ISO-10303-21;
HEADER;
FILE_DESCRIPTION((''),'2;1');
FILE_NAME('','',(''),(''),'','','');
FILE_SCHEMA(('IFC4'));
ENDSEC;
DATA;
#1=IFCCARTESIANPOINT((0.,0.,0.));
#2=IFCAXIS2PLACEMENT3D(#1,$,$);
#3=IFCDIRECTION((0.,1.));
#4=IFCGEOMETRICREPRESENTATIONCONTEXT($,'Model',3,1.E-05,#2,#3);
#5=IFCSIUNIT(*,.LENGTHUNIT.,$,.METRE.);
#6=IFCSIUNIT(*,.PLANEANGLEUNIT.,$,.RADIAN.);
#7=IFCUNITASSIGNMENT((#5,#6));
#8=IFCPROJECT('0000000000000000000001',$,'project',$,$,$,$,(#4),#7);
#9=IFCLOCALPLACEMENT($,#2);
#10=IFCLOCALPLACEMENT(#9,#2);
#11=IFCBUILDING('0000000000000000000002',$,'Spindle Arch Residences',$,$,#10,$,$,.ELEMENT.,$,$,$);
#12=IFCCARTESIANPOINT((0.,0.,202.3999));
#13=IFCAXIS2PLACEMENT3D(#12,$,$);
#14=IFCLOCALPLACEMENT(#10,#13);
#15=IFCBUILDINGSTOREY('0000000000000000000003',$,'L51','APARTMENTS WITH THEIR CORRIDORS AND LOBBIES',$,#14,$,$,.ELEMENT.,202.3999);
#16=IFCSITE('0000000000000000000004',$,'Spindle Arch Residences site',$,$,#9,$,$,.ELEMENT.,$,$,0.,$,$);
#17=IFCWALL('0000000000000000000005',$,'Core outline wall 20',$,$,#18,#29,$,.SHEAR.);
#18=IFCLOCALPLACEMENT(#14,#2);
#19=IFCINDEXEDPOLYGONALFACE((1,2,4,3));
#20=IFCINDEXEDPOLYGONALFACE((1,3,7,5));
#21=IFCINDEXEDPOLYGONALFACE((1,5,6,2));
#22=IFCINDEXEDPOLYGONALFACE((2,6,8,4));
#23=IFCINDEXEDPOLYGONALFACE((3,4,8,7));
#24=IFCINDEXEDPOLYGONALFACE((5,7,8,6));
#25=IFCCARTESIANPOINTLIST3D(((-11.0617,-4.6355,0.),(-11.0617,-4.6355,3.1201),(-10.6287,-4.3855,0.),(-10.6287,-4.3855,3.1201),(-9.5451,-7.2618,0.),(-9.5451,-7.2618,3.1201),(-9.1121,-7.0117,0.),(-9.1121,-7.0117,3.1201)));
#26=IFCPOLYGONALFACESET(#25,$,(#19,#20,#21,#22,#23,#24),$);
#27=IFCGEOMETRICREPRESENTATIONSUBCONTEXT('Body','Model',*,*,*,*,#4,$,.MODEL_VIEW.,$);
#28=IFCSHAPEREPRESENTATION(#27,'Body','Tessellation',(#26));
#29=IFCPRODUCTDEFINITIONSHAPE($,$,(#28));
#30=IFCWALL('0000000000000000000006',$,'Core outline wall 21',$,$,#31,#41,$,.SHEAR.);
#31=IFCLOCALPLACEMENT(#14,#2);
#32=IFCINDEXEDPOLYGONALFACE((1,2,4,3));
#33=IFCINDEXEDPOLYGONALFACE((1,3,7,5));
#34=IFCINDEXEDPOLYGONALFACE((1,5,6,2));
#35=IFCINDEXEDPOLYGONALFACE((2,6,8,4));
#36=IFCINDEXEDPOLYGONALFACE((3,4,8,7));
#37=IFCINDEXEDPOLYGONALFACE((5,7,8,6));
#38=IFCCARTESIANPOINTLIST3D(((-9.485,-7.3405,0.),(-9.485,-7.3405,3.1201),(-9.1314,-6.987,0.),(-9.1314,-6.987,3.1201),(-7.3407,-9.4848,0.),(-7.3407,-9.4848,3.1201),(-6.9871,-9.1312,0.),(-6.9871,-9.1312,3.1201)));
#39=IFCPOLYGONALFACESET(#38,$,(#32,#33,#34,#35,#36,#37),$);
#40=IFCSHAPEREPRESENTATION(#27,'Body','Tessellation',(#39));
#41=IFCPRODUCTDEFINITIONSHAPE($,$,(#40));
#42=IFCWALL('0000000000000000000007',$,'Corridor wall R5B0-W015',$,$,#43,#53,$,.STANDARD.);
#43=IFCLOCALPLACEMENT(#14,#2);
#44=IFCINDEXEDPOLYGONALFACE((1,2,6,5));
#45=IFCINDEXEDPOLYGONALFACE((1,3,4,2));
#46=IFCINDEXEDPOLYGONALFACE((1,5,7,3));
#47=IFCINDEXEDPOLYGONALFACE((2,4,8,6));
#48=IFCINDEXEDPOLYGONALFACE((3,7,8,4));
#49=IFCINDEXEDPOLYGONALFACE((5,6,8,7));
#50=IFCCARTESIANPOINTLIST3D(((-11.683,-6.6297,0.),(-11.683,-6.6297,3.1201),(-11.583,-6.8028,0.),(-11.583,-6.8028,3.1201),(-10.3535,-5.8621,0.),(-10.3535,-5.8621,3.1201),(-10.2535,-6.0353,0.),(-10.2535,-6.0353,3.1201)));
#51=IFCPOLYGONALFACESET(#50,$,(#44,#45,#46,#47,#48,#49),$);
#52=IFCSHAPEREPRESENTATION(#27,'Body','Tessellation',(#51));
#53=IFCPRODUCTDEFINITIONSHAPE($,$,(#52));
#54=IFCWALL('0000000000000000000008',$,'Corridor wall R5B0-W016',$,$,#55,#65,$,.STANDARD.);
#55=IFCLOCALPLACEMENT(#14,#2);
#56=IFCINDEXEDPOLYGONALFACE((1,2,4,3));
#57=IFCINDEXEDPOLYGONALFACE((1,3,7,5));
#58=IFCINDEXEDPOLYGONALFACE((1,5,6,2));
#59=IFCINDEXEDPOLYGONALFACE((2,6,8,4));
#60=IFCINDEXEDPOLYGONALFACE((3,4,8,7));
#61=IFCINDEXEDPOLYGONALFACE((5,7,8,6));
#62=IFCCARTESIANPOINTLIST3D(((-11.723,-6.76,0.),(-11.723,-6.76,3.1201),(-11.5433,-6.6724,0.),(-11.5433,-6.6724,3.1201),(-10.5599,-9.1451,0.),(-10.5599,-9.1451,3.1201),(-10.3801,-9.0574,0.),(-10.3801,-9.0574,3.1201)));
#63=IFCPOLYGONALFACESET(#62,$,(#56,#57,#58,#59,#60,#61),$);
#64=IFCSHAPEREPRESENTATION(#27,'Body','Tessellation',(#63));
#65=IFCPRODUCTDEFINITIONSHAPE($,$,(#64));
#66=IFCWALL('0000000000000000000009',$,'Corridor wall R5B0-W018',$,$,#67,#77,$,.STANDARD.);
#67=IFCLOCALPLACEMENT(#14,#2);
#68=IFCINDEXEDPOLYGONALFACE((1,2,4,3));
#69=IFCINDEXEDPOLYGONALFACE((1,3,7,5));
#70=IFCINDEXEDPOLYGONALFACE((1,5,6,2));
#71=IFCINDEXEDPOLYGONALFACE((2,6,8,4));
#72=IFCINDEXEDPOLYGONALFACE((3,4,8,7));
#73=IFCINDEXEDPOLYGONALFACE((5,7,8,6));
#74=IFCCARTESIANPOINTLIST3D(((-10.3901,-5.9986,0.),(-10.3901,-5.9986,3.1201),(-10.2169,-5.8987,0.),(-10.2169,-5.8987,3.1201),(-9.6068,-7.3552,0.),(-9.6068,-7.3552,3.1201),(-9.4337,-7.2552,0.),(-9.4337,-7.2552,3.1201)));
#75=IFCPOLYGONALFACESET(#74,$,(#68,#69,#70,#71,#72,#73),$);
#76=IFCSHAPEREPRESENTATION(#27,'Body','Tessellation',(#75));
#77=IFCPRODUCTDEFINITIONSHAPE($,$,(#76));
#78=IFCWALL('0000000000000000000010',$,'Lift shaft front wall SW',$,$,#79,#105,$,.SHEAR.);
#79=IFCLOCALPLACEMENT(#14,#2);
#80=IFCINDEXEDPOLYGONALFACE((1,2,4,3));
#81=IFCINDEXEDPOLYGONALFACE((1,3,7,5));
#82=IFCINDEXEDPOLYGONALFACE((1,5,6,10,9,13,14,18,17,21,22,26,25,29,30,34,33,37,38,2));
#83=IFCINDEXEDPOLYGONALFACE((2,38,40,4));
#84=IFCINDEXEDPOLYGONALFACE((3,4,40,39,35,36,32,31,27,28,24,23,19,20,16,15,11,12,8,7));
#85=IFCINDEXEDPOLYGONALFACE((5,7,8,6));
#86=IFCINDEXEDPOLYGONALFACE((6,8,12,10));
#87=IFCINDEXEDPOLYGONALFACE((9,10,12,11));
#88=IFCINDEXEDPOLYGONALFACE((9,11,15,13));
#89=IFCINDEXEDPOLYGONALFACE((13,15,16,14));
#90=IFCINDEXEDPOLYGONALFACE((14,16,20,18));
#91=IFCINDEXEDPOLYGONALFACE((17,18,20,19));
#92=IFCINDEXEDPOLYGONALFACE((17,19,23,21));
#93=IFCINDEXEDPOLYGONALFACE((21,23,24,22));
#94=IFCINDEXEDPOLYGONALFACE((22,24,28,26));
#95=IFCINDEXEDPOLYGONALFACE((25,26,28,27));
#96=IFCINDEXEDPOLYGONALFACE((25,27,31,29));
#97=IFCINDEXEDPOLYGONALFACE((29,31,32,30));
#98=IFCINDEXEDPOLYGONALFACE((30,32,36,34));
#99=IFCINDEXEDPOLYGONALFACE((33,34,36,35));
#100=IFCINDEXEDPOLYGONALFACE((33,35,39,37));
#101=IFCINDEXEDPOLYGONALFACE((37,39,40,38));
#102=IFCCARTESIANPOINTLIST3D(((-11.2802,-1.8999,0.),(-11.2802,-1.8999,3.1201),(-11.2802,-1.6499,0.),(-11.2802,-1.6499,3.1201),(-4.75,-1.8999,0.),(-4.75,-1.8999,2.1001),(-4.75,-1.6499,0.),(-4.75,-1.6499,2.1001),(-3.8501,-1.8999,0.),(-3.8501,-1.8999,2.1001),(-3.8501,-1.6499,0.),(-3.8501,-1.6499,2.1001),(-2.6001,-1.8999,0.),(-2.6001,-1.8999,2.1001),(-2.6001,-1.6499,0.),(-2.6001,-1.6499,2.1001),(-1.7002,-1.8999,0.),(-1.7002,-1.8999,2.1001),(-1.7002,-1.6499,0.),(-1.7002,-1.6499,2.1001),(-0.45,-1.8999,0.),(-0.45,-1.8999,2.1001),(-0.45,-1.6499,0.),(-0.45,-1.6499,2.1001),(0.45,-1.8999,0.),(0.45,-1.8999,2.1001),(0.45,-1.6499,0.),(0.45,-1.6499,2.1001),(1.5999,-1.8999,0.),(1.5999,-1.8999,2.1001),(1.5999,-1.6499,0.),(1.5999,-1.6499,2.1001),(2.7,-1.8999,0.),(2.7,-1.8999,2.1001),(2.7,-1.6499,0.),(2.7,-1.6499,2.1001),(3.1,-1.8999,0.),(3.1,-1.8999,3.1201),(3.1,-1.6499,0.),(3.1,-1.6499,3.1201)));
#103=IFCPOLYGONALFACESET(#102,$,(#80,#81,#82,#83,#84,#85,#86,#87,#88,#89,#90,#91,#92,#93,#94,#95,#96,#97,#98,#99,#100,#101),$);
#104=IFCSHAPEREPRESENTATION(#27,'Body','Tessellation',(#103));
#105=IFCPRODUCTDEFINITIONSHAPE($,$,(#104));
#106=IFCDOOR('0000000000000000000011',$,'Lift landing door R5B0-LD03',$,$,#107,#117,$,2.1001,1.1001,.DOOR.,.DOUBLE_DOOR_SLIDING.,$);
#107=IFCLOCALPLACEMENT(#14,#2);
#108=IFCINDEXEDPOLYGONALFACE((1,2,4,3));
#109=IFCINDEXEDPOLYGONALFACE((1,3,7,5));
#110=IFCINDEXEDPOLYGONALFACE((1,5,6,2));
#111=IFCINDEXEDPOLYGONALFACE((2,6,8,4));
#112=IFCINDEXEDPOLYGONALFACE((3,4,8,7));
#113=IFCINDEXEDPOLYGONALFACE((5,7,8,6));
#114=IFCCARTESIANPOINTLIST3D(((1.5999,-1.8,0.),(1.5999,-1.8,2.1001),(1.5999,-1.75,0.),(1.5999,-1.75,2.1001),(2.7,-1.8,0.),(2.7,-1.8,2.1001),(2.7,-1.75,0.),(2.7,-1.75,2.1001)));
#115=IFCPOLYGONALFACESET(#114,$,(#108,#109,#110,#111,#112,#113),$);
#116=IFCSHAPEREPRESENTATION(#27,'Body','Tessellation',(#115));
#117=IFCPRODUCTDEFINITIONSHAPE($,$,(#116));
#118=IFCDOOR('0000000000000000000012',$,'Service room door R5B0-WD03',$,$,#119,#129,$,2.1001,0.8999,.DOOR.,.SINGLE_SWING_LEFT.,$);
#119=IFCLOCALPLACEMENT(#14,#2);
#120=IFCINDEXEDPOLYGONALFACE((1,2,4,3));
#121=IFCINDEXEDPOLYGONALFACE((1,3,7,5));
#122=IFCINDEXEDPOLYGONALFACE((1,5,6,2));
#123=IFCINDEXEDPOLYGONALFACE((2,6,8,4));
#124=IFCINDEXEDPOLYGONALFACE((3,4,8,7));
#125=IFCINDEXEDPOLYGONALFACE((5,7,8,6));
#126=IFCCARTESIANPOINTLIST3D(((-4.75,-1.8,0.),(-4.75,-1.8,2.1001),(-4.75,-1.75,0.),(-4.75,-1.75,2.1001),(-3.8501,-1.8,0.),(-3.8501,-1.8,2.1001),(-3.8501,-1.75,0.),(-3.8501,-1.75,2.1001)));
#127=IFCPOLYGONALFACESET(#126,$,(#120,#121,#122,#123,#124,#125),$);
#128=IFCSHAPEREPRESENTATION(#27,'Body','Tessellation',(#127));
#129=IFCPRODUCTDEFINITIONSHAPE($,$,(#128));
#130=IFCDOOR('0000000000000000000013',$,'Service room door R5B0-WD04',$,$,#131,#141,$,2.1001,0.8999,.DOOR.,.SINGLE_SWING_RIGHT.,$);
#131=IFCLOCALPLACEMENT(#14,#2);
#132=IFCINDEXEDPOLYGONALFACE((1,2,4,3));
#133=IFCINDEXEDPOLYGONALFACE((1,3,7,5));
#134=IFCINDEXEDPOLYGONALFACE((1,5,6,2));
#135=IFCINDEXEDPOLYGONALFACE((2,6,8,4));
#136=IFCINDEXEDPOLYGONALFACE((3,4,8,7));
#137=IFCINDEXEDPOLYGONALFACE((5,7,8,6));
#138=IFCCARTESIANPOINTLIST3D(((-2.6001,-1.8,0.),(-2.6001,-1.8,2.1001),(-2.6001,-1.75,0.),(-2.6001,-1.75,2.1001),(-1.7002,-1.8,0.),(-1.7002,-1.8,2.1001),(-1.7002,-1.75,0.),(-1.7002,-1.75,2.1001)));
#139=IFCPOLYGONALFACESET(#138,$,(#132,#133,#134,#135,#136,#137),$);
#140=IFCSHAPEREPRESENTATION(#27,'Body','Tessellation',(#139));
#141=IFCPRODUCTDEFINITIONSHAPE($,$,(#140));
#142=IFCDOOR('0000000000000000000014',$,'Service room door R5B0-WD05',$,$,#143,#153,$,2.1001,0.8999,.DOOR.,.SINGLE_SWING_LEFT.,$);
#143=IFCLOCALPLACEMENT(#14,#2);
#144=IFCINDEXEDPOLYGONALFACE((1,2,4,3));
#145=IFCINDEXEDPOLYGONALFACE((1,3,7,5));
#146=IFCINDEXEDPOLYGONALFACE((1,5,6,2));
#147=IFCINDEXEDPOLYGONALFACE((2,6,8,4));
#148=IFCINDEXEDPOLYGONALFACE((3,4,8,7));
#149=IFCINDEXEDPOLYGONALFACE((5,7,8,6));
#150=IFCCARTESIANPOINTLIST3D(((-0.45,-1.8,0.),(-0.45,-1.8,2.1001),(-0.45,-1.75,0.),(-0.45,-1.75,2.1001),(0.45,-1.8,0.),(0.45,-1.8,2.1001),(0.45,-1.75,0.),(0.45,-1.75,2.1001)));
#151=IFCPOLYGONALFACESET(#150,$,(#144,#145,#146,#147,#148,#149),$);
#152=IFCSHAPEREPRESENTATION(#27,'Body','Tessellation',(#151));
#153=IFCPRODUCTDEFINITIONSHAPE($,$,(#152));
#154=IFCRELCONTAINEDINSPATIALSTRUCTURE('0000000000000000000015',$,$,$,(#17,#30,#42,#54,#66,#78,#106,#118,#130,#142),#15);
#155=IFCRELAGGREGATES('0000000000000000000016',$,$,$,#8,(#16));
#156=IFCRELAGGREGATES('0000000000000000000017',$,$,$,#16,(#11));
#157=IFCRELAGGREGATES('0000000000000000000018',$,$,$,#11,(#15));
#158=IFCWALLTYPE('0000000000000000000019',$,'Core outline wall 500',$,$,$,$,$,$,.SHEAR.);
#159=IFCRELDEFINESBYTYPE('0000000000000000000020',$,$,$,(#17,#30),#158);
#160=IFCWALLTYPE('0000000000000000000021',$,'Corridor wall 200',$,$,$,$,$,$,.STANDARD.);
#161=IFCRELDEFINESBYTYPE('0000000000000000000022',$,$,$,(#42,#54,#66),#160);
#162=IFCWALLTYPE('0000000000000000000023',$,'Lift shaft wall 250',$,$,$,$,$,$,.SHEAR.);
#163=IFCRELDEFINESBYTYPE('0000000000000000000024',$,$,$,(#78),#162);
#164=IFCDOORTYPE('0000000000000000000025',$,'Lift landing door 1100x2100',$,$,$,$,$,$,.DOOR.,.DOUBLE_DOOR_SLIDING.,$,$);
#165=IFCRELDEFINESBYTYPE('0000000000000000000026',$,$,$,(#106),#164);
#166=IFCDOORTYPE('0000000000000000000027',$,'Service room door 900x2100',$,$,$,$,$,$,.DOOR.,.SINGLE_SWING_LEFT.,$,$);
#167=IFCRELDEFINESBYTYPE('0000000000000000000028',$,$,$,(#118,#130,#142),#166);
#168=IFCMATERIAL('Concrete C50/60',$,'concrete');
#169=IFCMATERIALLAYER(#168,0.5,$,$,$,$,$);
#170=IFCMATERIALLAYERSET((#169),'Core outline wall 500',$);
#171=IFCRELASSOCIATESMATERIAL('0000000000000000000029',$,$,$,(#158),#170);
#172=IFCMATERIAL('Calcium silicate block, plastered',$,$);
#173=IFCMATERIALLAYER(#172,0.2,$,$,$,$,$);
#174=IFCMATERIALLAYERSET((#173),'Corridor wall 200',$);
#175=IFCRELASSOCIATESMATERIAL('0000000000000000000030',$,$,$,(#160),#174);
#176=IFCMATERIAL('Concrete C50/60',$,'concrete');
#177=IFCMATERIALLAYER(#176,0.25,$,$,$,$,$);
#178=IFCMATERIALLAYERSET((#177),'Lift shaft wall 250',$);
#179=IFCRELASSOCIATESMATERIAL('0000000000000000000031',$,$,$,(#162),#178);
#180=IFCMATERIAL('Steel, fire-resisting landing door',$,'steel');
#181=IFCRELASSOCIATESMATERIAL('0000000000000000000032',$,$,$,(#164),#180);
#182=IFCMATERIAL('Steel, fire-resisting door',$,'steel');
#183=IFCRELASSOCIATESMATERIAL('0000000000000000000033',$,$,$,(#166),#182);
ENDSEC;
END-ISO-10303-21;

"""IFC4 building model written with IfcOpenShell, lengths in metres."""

from ifc_helpers import new_model, si_unit, direction, frame, frame_2d, origin, place, context, subcontext, project, spatial, rectangle, extrude, material, layer, layer_set, type_object, element, fill, save


model = new_model("IFC4")

# Units and contexts
model_context = context("Model", 3, precision=1e-05, world=origin(), true_north=direction((0.0, 1.0)))
body_context = subcontext(model_context, "Body", "Model", "MODEL_VIEW")
ifc_project = project(units=[si_unit("LENGTHUNIT", "METRE"), si_unit("PLANEANGLEUNIT", "RADIAN")], contexts=[model_context])

# Site, building, storey
site_placement = place(None, origin())
site = spatial("IfcSite", under=ifc_project, at=site_placement, Name="Spindle Arch Residences site", CompositionType="ELEMENT", RefElevation=0.0)
building_placement = place(site_placement, origin())
building = spatial("IfcBuilding", under=site, at=building_placement, Name="Spindle Arch Residences", CompositionType="ELEMENT")
storey_placement = place(building_placement, frame((0.0, 0.0, 202.3999)))
storey = spatial("IfcBuildingStorey", under=building, at=storey_placement, Name="L51", Description="APARTMENTS WITH THEIR CORRIDORS AND LOBBIES", CompositionType="ELEMENT", Elevation=202.3999)

# Walls
ifc_material_1 = material(Name="Concrete C50/60", Category="concrete")
ifc_layer_1 = layer(ifc_material_1, 0.5)
ifc_layer_set_1 = layer_set([ifc_layer_1], Name="Core outline wall 500")
wall_type_1 = type_object("IfcWallType", Name="Core outline wall 500", PredefinedType="SHEAR", material=ifc_layer_set_1)
wall_1_placement = place(storey_placement, frame((-10.8452, -4.5105, 0.0), z_axis=(0.0, 0.0, 1.0), x_axis=(0.500087, -0.865975, 0.0)))
element("IfcWall", 1, at=wall_1_placement, inside=storey, type_object=wall_type_1, Name="Core outline wall 20", PredefinedType="SHEAR", context=body_context, shape_type="SweptSolid", body=[
    extrude(rectangle(XDim=3.0327, YDim=0.5, at=frame_2d((1.5164, 0.0))), origin(), (0.0, 0.0, 1.0), 3.1201),
])
wall_2_placement = place(storey_placement, frame((-9.3081, -7.1638, 0.0), z_axis=(0.0, 0.0, 1.0), x_axis=(0.707107, -0.707107, 0.0)))
element("IfcWall", 2, at=wall_2_placement, inside=storey, type_object=wall_type_1, Name="Core outline wall 21", PredefinedType="SHEAR", context=body_context, shape_type="SweptSolid", body=[
    extrude(rectangle(XDim=3.0325, YDim=0.5, at=frame_2d((1.5161, 0.0))), origin(), (0.0, 0.0, 1.0), 3.1201),
])
ifc_material_2 = material(Name="Calcium silicate block, plastered")
ifc_layer_2 = layer(ifc_material_2, 0.2)
ifc_layer_set_2 = layer_set([ifc_layer_2], Name="Corridor wall 200")
wall_type_2 = type_object("IfcWallType", Name="Corridor wall 200", PredefinedType="STANDARD", material=ifc_layer_set_2)
wall_3_placement = place(storey_placement, frame((-10.3035, -5.9487, 0.0), z_axis=(0.0, 0.0, 1.0), x_axis=(-0.866043, -0.49997, 0.0)))
element("IfcWall", 3, at=wall_3_placement, inside=storey, type_object=wall_type_2, Name="Corridor wall R5B0-W015", PredefinedType="STANDARD", context=body_context, shape_type="SweptSolid", body=[
    extrude(rectangle(XDim=1.5352, YDim=0.2, at=frame_2d((0.7676, 0.0))), origin(), (0.0, 0.0, 1.0), 3.1201),
])
wall_4_placement = place(storey_placement, frame((-11.6331, -6.7163, 0.0), z_axis=(0.0, 0.0, 1.0), x_axis=(0.438322, -0.898818, 0.0)))
element("IfcWall", 4, at=wall_4_placement, inside=storey, type_object=wall_type_2, Name="Corridor wall R5B0-W016", PredefinedType="STANDARD", context=body_context, shape_type="SweptSolid", body=[
    extrude(rectangle(XDim=2.6536, YDim=0.2, at=frame_2d((1.3267, 0.0))), origin(), (0.0, 0.0, 1.0), 3.1201),
])
wall_5_placement = place(storey_placement, frame((-9.5203, -7.3052, 0.0), z_axis=(0.0, 0.0, 1.0), x_axis=(-0.500028, 0.866009, 0.0)))
element("IfcWall", 5, at=wall_5_placement, inside=storey, type_object=wall_type_2, Name="Corridor wall R5B0-W018", PredefinedType="STANDARD", context=body_context, shape_type="SweptSolid", body=[
    extrude(rectangle(XDim=1.5664, YDim=0.2, at=frame_2d((0.7832, 0.0))), origin(), (0.0, 0.0, 1.0), 3.1201),
])

# Wall, openings, doors
ifc_material_3 = material(Name="Concrete C50/60", Category="concrete")
ifc_layer_3 = layer(ifc_material_3, 0.25)
ifc_layer_set_3 = layer_set([ifc_layer_3], Name="Lift shaft wall 250")
wall_type_3 = type_object("IfcWallType", Name="Lift shaft wall 250", PredefinedType="SHEAR", material=ifc_layer_set_3)
wall_6_placement = place(storey_placement, frame((-11.28, -1.7749, 0.0), z_axis=(0.0, 0.0, 1.0), x_axis=(1.0, 0.0, 0.0)))
wall_6 = element("IfcWall", 6, at=wall_6_placement, inside=storey, type_object=wall_type_3, Name="Lift shaft front wall SW", PredefinedType="SHEAR", context=body_context, shape_type="SweptSolid", body=[
    extrude(rectangle(XDim=14.3801, YDim=0.25, at=frame_2d((7.1899, 0.0))), origin(), (0.0, 0.0, 1.0), 3.1201),
])
opening_1_placement = place(wall_6_placement, frame((12.8799, 0.0, 0.0)))
opening_1 = element("IfcOpeningElement", 7, at=opening_1_placement, cuts=wall_6, PredefinedType="OPENING", context=body_context, shape_type="SweptSolid", body=[
    extrude(rectangle(XDim=1.1001, YDim=2.1001, at=frame_2d((0.55, 1.05))), frame((0.0, 0.135, 0.0), z_axis=(0.0, -1.0, 0.0), x_axis=(1.0, 0.0, 0.0)), (0.0, 0.0, 1.0), 0.27),
])
opening_2_placement = place(wall_6_placement, frame((6.53, 0.0, 0.0)))
opening_2 = element("IfcOpeningElement", 8, at=opening_2_placement, cuts=wall_6, PredefinedType="OPENING", context=body_context, shape_type="SweptSolid", body=[
    extrude(rectangle(XDim=0.8999, YDim=2.1001, at=frame_2d((0.45, 1.05))), frame((0.0, 0.135, 0.0), z_axis=(0.0, -1.0, 0.0), x_axis=(1.0, 0.0, 0.0)), (0.0, 0.0, 1.0), 0.27),
])
opening_3_placement = place(wall_6_placement, frame((8.6799, 0.0, 0.0)))
opening_3 = element("IfcOpeningElement", 9, at=opening_3_placement, cuts=wall_6, PredefinedType="OPENING", context=body_context, shape_type="SweptSolid", body=[
    extrude(rectangle(XDim=0.8999, YDim=2.1001, at=frame_2d((0.45, 1.05))), frame((0.0, 0.135, 0.0), z_axis=(0.0, -1.0, 0.0), x_axis=(1.0, 0.0, 0.0)), (0.0, 0.0, 1.0), 0.27),
])
opening_4_placement = place(wall_6_placement, frame((10.8301, 0.0, 0.0)))
opening_4 = element("IfcOpeningElement", 10, at=opening_4_placement, cuts=wall_6, PredefinedType="OPENING", context=body_context, shape_type="SweptSolid", body=[
    extrude(rectangle(XDim=0.8999, YDim=2.1001, at=frame_2d((0.45, 1.05))), frame((0.0, 0.135, 0.0), z_axis=(0.0, -1.0, 0.0), x_axis=(1.0, 0.0, 0.0)), (0.0, 0.0, 1.0), 0.27),
])
ifc_material_4 = material(Name="Steel, fire-resisting landing door", Category="steel")
door_type_1 = type_object("IfcDoorType", Name="Lift landing door 1100x2100", OperationType="DOUBLE_DOOR_SLIDING", PredefinedType="DOOR", material=ifc_material_4)
door_1_placement = place(opening_1_placement, origin())
door_1 = element("IfcDoor", 11, at=door_1_placement, inside=storey, type_object=door_type_1, Name="Lift landing door R5B0-LD03", OperationType="DOUBLE_DOOR_SLIDING", OverallHeight=2.1001, OverallWidth=1.1001, PredefinedType="DOOR", context=body_context, shape_type="SweptSolid", body=[
    extrude(rectangle(XDim=1.1001, YDim=2.1001, at=frame_2d((0.55, 1.05))), frame((0.0, 0.0249, 0.0), z_axis=(0.0, -1.0, 0.0), x_axis=(1.0, 0.0, 0.0)), (0.0, 0.0, 1.0), 0.05),
])
fill(opening_1, door_1)
ifc_material_5 = material(Name="Steel, fire-resisting door", Category="steel")
door_type_2 = type_object("IfcDoorType", Name="Service room door 900x2100", OperationType="SINGLE_SWING_LEFT", PredefinedType="DOOR", material=ifc_material_5)
door_2_placement = place(opening_2_placement, origin())
door_2 = element("IfcDoor", 12, at=door_2_placement, inside=storey, type_object=door_type_2, Name="Service room door R5B0-WD03", OperationType="SINGLE_SWING_LEFT", OverallHeight=2.1001, OverallWidth=0.8999, PredefinedType="DOOR", context=body_context, shape_type="SweptSolid", body=[
    extrude(rectangle(XDim=0.8999, YDim=2.1001, at=frame_2d((0.45, 1.05))), frame((0.0, 0.0249, 0.0), z_axis=(0.0, -1.0, 0.0), x_axis=(1.0, 0.0, 0.0)), (0.0, 0.0, 1.0), 0.05),
])
fill(opening_2, door_2)
door_3_placement = place(opening_3_placement, origin())
door_3 = element("IfcDoor", 13, at=door_3_placement, inside=storey, type_object=door_type_2, Name="Service room door R5B0-WD04", OperationType="SINGLE_SWING_RIGHT", OverallHeight=2.1001, OverallWidth=0.8999, PredefinedType="DOOR", context=body_context, shape_type="SweptSolid", body=[
    extrude(rectangle(XDim=0.8999, YDim=2.1001, at=frame_2d((0.45, 1.05))), frame((0.0, 0.0249, 0.0), z_axis=(0.0, -1.0, 0.0), x_axis=(1.0, 0.0, 0.0)), (0.0, 0.0, 1.0), 0.05),
])
fill(opening_3, door_3)
door_4_placement = place(opening_4_placement, origin())
door_4 = element("IfcDoor", 14, at=door_4_placement, inside=storey, type_object=door_type_2, Name="Service room door R5B0-WD05", OperationType="SINGLE_SWING_LEFT", OverallHeight=2.1001, OverallWidth=0.8999, PredefinedType="DOOR", context=body_context, shape_type="SweptSolid", body=[
    extrude(rectangle(XDim=0.8999, YDim=2.1001, at=frame_2d((0.45, 1.05))), frame((0.0, 0.0249, 0.0), z_axis=(0.0, -1.0, 0.0), x_axis=(1.0, 0.0, 0.0)), (0.0, 0.0, 1.0), 0.05),
])
fill(opening_4, door_4)

save(model, "model.ifc")
